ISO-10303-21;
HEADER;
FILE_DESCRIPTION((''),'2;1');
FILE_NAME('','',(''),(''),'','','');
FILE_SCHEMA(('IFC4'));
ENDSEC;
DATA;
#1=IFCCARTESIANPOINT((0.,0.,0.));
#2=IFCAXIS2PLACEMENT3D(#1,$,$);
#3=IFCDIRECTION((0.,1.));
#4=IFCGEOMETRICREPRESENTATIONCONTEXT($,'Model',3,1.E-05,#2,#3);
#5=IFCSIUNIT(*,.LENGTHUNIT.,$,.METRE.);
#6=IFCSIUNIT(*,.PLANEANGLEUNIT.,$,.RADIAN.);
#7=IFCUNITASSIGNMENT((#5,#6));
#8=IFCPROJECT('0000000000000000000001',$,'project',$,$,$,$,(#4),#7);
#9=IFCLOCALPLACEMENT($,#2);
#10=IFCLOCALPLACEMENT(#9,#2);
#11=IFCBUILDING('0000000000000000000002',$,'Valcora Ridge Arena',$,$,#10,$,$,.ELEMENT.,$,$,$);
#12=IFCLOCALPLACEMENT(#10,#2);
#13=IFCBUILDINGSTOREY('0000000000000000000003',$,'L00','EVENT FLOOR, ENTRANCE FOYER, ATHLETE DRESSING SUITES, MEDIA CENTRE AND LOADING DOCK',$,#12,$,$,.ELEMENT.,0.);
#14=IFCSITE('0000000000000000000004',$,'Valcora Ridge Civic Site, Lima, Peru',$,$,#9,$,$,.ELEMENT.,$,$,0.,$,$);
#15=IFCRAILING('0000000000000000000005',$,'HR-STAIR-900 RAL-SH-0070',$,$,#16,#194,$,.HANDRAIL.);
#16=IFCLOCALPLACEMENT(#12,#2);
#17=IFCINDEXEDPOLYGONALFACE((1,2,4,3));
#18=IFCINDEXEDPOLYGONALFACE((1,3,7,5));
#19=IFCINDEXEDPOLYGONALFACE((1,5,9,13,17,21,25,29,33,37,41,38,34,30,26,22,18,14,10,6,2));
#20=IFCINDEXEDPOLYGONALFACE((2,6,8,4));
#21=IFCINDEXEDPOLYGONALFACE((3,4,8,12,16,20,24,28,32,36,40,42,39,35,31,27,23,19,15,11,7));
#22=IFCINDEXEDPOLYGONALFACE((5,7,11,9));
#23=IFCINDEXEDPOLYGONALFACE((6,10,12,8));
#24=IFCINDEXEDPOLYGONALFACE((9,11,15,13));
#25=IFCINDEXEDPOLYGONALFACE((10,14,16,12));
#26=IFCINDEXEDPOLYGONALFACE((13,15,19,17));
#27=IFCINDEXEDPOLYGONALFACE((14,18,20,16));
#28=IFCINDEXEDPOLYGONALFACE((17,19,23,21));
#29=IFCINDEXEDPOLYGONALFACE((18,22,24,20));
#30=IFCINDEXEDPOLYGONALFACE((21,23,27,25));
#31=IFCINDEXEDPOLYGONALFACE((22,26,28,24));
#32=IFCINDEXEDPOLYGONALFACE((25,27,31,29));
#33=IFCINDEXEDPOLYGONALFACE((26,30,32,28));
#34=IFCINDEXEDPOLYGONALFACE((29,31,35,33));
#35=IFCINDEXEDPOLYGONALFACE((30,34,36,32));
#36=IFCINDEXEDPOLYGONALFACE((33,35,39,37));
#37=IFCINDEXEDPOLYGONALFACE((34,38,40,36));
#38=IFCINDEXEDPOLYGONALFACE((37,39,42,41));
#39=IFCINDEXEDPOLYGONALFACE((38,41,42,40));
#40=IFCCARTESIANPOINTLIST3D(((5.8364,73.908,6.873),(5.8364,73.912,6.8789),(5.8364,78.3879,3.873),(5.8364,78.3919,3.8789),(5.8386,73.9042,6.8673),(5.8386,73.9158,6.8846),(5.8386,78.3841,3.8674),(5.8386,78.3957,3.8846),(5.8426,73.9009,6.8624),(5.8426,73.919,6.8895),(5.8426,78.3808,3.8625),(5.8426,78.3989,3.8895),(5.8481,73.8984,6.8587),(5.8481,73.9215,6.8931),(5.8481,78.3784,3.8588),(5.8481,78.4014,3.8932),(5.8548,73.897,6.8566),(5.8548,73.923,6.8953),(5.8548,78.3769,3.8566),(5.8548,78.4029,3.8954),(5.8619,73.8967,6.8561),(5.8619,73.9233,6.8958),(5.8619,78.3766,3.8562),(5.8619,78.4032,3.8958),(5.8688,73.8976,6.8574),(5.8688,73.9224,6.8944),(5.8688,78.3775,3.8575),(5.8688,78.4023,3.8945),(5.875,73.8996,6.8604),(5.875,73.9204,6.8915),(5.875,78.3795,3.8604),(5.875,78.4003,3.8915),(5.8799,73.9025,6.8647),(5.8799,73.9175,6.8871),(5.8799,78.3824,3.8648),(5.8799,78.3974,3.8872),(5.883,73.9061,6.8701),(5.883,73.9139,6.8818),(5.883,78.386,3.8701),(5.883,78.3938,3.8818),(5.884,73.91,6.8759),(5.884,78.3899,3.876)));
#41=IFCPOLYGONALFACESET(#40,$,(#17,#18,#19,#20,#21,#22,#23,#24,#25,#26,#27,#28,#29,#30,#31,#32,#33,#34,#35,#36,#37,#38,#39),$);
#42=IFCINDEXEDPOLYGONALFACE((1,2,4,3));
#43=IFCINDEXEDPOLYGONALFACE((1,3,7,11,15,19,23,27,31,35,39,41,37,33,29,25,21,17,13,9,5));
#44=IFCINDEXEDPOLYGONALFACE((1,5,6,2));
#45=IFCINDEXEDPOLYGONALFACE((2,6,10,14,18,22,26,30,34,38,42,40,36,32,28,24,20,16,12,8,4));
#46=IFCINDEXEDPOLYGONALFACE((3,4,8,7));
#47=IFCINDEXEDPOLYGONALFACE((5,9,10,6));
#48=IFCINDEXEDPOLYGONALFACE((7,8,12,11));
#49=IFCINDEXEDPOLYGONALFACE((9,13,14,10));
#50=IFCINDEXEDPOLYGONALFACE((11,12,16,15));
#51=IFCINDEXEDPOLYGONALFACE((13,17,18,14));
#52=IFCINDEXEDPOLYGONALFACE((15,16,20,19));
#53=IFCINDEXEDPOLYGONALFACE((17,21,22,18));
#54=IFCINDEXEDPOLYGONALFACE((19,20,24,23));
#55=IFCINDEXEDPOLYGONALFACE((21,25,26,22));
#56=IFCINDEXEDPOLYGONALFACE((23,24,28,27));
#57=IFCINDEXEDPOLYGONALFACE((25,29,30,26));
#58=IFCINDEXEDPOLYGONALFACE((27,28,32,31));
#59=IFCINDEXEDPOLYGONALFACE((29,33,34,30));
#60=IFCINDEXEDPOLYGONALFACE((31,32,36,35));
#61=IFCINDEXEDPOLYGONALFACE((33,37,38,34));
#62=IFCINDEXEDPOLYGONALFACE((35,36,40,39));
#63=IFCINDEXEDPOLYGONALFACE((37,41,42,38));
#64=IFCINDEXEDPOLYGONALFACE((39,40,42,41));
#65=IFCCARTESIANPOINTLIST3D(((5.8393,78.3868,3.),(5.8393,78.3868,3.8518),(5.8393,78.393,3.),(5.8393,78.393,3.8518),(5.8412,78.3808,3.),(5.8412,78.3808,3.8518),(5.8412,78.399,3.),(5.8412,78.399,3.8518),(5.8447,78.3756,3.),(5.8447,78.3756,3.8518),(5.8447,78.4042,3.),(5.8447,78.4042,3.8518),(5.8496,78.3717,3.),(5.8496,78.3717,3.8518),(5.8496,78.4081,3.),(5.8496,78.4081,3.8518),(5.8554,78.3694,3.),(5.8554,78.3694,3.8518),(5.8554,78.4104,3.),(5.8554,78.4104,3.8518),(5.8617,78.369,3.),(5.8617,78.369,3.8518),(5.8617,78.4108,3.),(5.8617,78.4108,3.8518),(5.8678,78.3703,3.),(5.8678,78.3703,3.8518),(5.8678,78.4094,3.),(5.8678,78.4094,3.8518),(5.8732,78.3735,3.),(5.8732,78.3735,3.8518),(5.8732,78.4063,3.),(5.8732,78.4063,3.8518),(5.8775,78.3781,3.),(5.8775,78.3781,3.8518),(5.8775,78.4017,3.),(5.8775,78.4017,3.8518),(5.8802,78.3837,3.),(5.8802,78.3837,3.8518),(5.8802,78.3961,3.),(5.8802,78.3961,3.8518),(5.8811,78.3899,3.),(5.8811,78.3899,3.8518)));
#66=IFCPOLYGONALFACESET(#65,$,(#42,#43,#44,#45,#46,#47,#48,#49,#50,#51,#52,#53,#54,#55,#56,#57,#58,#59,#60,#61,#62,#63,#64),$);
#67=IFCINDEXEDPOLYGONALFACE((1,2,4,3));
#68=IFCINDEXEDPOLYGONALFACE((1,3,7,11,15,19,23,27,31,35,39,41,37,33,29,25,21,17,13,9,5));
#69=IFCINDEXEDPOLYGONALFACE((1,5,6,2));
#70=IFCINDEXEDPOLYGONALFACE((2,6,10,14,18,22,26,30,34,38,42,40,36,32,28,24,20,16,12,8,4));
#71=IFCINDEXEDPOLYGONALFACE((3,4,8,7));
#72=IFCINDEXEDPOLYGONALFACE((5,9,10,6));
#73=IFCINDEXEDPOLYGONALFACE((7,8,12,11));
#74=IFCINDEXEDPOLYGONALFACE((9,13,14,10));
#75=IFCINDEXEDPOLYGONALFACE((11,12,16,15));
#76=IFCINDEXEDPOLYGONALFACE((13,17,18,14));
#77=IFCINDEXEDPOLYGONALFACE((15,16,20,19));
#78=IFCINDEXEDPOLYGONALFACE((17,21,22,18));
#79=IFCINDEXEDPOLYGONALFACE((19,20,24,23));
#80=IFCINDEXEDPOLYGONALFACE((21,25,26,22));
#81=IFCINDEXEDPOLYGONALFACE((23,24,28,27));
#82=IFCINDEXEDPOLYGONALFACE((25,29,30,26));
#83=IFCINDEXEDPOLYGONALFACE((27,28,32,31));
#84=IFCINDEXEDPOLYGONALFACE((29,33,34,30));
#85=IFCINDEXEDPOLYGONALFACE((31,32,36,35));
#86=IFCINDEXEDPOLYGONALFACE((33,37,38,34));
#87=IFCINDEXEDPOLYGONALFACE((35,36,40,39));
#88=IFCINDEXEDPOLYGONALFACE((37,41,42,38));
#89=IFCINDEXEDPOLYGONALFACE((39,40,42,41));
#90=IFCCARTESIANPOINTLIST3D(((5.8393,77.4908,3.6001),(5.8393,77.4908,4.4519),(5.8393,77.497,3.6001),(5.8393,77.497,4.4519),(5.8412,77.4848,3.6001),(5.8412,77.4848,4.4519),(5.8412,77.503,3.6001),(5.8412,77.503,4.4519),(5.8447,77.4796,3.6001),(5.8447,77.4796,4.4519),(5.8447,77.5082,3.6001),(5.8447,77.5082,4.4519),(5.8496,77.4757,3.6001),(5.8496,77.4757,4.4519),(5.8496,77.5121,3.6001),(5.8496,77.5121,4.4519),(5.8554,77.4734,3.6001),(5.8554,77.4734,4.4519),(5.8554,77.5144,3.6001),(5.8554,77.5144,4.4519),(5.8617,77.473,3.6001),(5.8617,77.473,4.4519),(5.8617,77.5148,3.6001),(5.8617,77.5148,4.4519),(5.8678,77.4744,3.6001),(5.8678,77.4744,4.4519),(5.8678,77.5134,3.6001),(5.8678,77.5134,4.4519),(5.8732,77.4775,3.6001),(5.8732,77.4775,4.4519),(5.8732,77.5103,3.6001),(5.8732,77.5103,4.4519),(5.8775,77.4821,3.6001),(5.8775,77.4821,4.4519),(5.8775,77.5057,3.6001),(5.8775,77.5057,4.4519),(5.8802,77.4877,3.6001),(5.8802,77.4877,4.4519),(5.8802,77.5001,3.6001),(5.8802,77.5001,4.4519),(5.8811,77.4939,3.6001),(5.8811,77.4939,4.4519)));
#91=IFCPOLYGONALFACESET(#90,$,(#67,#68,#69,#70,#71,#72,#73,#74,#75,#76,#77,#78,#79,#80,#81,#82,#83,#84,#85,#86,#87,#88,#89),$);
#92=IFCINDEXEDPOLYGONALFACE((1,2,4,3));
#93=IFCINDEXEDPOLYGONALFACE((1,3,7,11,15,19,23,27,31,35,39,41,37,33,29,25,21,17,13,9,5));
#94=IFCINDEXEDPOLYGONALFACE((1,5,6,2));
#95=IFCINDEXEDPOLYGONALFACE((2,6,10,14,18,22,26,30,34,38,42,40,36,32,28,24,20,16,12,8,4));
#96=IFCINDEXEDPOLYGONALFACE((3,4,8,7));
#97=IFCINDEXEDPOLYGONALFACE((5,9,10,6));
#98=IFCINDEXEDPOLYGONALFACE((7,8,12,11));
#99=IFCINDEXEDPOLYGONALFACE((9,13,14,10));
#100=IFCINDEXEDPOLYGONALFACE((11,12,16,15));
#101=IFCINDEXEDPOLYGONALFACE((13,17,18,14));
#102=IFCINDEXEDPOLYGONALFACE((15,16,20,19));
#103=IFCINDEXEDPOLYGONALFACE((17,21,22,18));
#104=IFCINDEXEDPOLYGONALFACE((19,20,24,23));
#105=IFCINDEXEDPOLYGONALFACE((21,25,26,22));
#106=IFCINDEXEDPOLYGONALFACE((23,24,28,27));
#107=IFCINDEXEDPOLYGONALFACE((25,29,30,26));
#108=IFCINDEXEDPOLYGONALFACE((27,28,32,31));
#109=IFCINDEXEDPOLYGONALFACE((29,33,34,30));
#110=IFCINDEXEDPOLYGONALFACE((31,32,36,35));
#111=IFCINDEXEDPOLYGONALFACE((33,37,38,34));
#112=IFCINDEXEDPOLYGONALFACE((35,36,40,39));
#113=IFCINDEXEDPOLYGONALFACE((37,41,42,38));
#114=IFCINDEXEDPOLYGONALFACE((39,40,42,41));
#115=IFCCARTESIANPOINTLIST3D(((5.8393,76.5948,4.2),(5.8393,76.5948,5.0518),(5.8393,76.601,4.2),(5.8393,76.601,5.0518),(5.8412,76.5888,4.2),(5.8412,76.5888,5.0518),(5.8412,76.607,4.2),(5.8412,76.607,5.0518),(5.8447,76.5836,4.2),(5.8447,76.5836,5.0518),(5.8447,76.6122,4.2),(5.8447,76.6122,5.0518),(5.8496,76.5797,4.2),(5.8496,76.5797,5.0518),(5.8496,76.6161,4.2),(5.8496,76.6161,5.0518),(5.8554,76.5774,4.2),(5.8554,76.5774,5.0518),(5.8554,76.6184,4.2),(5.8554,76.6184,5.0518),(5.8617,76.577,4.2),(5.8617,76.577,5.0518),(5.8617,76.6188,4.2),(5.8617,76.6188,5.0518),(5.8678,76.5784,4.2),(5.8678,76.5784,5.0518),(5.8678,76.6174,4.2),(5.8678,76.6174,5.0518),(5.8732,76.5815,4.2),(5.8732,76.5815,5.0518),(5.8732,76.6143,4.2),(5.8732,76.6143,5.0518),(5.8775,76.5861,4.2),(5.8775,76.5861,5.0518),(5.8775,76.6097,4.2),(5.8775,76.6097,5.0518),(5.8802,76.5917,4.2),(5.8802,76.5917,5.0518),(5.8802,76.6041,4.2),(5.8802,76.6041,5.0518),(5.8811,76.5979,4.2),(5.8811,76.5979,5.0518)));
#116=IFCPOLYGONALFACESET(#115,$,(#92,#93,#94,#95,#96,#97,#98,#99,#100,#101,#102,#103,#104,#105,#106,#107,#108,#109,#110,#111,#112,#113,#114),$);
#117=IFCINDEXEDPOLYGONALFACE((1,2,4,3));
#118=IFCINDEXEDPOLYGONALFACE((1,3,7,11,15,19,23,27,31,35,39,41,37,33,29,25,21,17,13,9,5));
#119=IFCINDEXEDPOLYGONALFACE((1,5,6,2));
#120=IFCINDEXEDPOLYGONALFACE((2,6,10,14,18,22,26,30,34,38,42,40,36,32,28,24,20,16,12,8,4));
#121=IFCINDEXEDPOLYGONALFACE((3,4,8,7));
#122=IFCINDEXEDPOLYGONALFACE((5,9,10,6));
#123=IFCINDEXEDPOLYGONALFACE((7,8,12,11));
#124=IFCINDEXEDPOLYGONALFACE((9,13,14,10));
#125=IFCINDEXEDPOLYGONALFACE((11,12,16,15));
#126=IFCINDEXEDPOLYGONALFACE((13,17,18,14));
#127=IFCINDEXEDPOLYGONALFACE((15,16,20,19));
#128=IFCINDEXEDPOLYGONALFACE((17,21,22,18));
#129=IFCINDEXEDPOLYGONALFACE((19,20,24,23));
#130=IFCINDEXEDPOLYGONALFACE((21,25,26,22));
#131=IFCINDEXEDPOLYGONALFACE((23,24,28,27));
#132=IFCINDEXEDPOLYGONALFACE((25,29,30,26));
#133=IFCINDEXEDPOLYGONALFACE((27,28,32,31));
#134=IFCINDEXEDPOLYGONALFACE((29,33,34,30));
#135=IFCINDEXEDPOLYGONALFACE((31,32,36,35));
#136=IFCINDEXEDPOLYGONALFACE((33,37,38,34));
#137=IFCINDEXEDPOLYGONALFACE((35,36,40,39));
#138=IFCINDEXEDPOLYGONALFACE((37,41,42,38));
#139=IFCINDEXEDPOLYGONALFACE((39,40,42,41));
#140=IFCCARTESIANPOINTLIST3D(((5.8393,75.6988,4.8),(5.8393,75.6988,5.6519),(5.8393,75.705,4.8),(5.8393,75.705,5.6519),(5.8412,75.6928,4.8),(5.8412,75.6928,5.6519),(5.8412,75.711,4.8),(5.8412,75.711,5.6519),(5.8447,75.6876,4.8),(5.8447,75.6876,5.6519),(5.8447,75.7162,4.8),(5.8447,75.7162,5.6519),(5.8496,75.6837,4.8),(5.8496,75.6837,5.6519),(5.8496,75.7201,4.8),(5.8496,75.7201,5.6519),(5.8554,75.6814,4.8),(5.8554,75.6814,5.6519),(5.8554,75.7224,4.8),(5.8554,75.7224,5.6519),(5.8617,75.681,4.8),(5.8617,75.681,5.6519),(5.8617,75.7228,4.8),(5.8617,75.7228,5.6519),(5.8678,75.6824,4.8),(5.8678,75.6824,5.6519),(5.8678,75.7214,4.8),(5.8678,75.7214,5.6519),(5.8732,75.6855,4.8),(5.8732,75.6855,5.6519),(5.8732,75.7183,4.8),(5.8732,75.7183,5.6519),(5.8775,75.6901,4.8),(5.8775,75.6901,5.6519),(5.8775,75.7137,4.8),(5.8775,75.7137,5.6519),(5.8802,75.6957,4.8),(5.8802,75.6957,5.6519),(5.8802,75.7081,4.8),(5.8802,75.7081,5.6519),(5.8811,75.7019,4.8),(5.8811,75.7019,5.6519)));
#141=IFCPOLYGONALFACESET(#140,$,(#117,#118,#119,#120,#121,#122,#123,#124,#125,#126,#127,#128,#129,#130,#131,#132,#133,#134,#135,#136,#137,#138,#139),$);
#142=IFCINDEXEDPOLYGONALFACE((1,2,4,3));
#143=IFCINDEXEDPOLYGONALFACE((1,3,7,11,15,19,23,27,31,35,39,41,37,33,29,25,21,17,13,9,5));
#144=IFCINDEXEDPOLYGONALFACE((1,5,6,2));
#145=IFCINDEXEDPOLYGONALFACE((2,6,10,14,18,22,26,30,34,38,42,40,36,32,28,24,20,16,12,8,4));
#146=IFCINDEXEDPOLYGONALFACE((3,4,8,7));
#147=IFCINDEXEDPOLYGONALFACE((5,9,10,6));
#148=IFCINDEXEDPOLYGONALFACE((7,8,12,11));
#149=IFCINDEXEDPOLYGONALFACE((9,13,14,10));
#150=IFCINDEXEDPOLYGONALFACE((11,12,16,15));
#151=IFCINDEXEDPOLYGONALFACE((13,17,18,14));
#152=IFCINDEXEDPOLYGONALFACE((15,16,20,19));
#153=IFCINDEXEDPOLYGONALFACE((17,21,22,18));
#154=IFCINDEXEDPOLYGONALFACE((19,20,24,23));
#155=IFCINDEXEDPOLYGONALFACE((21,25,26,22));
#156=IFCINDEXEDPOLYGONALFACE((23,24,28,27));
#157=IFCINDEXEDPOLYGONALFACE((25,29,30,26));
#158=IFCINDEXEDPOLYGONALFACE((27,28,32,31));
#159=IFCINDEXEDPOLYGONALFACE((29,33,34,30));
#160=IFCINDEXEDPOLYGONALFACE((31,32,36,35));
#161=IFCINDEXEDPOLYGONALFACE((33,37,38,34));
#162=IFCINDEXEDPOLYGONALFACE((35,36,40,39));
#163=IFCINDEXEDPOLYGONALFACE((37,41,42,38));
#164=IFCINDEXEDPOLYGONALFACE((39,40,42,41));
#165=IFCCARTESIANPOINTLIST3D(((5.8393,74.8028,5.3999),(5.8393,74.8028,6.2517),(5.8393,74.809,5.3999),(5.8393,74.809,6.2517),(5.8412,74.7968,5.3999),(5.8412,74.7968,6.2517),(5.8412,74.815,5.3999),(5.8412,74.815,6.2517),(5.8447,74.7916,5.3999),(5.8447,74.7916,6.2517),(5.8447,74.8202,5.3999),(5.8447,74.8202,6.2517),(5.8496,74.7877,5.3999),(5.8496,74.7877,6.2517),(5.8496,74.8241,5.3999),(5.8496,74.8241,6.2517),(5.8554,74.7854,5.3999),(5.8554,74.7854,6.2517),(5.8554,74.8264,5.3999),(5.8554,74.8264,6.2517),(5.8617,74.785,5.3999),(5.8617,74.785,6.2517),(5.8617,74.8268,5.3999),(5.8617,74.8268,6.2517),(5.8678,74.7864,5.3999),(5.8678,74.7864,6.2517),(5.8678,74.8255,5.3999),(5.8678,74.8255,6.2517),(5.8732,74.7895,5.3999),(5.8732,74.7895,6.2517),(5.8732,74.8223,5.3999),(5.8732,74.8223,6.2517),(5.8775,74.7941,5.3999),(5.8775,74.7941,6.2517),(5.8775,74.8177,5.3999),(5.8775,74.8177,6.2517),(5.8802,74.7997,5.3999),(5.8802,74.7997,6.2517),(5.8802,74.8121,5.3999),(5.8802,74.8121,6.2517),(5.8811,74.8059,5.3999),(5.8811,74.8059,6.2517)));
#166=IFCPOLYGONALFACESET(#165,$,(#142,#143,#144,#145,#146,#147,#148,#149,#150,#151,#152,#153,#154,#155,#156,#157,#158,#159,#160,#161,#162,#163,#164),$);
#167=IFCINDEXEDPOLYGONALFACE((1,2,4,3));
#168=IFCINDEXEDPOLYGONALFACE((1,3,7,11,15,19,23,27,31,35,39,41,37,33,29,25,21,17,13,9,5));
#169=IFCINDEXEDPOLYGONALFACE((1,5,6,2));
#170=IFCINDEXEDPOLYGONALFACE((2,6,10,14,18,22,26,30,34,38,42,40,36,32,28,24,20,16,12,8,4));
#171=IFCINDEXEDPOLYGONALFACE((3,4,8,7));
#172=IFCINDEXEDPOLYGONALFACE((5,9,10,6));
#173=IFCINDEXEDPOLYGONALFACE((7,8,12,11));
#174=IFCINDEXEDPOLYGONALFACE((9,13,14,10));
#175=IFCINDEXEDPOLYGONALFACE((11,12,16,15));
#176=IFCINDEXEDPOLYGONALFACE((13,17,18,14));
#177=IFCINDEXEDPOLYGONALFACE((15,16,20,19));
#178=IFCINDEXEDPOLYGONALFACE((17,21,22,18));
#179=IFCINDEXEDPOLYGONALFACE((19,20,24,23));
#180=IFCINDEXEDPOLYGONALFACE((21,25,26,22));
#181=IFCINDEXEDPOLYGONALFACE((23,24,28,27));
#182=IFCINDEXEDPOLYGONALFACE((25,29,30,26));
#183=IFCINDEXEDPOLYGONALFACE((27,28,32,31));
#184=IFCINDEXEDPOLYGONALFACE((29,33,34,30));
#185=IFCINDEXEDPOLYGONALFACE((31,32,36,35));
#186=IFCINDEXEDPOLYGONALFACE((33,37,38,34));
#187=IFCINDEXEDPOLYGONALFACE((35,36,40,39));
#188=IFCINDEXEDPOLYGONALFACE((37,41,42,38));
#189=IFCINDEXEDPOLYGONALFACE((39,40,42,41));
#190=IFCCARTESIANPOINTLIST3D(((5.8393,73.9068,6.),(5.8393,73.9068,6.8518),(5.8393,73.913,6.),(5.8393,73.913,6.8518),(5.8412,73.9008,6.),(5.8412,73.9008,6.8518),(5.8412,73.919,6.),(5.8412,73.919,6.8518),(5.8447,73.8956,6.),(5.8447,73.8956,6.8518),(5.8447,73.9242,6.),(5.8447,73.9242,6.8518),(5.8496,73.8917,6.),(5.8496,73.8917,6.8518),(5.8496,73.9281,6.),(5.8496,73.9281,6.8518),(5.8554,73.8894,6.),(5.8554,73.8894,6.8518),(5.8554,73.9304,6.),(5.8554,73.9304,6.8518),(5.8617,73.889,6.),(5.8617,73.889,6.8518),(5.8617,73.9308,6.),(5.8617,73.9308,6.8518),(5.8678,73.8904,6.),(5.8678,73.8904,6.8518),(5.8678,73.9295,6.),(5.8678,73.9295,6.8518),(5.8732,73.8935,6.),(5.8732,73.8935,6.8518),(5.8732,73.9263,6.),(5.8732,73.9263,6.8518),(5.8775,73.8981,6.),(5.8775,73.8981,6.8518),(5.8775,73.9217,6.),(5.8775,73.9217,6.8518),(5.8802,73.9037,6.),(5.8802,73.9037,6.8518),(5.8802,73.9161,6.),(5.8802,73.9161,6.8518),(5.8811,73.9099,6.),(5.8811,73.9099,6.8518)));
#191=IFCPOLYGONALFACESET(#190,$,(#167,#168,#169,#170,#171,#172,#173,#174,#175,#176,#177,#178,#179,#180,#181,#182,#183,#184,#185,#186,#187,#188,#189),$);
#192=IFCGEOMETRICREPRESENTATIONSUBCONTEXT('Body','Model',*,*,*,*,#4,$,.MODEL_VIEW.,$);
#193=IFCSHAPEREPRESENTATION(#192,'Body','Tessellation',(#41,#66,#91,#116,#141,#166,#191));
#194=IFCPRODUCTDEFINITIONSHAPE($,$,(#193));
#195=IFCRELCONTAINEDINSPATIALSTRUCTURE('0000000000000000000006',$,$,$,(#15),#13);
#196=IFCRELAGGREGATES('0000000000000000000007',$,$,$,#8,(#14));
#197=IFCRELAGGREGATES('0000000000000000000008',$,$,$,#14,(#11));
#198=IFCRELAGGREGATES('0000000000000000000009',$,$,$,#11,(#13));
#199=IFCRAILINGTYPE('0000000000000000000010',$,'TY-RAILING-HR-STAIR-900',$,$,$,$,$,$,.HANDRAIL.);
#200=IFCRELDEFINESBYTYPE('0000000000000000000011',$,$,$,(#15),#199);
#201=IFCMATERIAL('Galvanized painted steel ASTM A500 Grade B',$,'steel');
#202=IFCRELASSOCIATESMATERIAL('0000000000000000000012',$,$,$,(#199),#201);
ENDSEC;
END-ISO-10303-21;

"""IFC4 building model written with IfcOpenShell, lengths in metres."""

from ifc_helpers import new_model, si_unit, direction, frame, origin, origin_2d, place, context, subcontext, project, spatial, circle, extrude, material, type_object, element, save


model = new_model("IFC4")

# Units and contexts
model_context = context("Model", 3, precision=1e-05, world=origin(), true_north=direction((0.0, 1.0)))
body_context = subcontext(model_context, "Body", "Model", "MODEL_VIEW")
ifc_project = project(units=[si_unit("LENGTHUNIT", "METRE"), si_unit("PLANEANGLEUNIT", "RADIAN")], contexts=[model_context])

# Site, building, storey
site_placement = place(None, origin())
site = spatial("IfcSite", under=ifc_project, at=site_placement, Name="Valcora Ridge Civic Site, Lima, Peru", CompositionType="ELEMENT", RefElevation=0.0)
building_placement = place(site_placement, origin())
building = spatial("IfcBuilding", under=site, at=building_placement, Name="Valcora Ridge Arena", CompositionType="ELEMENT")
storey_placement = place(building_placement, origin())
storey = spatial("IfcBuildingStorey", under=building, at=storey_placement, Name="L00", Description="EVENT FLOOR, ENTRANCE FOYER, ATHLETE DRESSING SUITES, MEDIA CENTRE AND LOADING DOCK", CompositionType="ELEMENT", Elevation=0.0)

# Railing
ifc_material_1 = material(Name="Galvanized painted steel ASTM A500 Grade B", Category="steel")
railing_type_1 = type_object("IfcRailingType", Name="TY-RAILING-HR-STAIR-900", PredefinedType="HANDRAIL", material=ifc_material_1)
railing_1_placement = place(storey_placement, frame((5.8601, 78.3899, 3.0)))
element("IfcRailing", 1, at=railing_1_placement, inside=storey, type_object=railing_type_1, Name="HR-STAIR-900 RAL-SH-0070", PredefinedType="HANDRAIL", context=body_context, shape_type="SweptSolid", body=[
    extrude(circle(Radius=0.0239, at=origin_2d()), frame((0.0, 0.0, 0.876), z_axis=(0.0, -0.830906, 0.556413), x_axis=(1.0, 0.0, 0.0)), (0.0, 0.0, 1.0), 5.3916),
    extrude(circle(Radius=0.021, at=origin_2d()), origin(), (0.0, 0.0, 1.0), 0.8518),
    extrude(circle(Radius=0.021, at=origin_2d()), frame((0.0, -0.896, 0.6001)), (0.0, 0.0, 1.0), 0.8518),
    extrude(circle(Radius=0.021, at=origin_2d()), frame((0.0, -1.792, 1.2)), (0.0, 0.0, 1.0), 0.8518),
    extrude(circle(Radius=0.021, at=origin_2d()), frame((0.0, -2.688, 1.8)), (0.0, 0.0, 1.0), 0.8518),
    extrude(circle(Radius=0.021, at=origin_2d()), frame((0.0, -3.584, 2.3999)), (0.0, 0.0, 1.0), 0.8518),
    extrude(circle(Radius=0.021, at=origin_2d()), frame((0.0, -4.48, 3.0)), (0.0, 0.0, 1.0), 0.8518),
])

save(model, "model.ifc")
